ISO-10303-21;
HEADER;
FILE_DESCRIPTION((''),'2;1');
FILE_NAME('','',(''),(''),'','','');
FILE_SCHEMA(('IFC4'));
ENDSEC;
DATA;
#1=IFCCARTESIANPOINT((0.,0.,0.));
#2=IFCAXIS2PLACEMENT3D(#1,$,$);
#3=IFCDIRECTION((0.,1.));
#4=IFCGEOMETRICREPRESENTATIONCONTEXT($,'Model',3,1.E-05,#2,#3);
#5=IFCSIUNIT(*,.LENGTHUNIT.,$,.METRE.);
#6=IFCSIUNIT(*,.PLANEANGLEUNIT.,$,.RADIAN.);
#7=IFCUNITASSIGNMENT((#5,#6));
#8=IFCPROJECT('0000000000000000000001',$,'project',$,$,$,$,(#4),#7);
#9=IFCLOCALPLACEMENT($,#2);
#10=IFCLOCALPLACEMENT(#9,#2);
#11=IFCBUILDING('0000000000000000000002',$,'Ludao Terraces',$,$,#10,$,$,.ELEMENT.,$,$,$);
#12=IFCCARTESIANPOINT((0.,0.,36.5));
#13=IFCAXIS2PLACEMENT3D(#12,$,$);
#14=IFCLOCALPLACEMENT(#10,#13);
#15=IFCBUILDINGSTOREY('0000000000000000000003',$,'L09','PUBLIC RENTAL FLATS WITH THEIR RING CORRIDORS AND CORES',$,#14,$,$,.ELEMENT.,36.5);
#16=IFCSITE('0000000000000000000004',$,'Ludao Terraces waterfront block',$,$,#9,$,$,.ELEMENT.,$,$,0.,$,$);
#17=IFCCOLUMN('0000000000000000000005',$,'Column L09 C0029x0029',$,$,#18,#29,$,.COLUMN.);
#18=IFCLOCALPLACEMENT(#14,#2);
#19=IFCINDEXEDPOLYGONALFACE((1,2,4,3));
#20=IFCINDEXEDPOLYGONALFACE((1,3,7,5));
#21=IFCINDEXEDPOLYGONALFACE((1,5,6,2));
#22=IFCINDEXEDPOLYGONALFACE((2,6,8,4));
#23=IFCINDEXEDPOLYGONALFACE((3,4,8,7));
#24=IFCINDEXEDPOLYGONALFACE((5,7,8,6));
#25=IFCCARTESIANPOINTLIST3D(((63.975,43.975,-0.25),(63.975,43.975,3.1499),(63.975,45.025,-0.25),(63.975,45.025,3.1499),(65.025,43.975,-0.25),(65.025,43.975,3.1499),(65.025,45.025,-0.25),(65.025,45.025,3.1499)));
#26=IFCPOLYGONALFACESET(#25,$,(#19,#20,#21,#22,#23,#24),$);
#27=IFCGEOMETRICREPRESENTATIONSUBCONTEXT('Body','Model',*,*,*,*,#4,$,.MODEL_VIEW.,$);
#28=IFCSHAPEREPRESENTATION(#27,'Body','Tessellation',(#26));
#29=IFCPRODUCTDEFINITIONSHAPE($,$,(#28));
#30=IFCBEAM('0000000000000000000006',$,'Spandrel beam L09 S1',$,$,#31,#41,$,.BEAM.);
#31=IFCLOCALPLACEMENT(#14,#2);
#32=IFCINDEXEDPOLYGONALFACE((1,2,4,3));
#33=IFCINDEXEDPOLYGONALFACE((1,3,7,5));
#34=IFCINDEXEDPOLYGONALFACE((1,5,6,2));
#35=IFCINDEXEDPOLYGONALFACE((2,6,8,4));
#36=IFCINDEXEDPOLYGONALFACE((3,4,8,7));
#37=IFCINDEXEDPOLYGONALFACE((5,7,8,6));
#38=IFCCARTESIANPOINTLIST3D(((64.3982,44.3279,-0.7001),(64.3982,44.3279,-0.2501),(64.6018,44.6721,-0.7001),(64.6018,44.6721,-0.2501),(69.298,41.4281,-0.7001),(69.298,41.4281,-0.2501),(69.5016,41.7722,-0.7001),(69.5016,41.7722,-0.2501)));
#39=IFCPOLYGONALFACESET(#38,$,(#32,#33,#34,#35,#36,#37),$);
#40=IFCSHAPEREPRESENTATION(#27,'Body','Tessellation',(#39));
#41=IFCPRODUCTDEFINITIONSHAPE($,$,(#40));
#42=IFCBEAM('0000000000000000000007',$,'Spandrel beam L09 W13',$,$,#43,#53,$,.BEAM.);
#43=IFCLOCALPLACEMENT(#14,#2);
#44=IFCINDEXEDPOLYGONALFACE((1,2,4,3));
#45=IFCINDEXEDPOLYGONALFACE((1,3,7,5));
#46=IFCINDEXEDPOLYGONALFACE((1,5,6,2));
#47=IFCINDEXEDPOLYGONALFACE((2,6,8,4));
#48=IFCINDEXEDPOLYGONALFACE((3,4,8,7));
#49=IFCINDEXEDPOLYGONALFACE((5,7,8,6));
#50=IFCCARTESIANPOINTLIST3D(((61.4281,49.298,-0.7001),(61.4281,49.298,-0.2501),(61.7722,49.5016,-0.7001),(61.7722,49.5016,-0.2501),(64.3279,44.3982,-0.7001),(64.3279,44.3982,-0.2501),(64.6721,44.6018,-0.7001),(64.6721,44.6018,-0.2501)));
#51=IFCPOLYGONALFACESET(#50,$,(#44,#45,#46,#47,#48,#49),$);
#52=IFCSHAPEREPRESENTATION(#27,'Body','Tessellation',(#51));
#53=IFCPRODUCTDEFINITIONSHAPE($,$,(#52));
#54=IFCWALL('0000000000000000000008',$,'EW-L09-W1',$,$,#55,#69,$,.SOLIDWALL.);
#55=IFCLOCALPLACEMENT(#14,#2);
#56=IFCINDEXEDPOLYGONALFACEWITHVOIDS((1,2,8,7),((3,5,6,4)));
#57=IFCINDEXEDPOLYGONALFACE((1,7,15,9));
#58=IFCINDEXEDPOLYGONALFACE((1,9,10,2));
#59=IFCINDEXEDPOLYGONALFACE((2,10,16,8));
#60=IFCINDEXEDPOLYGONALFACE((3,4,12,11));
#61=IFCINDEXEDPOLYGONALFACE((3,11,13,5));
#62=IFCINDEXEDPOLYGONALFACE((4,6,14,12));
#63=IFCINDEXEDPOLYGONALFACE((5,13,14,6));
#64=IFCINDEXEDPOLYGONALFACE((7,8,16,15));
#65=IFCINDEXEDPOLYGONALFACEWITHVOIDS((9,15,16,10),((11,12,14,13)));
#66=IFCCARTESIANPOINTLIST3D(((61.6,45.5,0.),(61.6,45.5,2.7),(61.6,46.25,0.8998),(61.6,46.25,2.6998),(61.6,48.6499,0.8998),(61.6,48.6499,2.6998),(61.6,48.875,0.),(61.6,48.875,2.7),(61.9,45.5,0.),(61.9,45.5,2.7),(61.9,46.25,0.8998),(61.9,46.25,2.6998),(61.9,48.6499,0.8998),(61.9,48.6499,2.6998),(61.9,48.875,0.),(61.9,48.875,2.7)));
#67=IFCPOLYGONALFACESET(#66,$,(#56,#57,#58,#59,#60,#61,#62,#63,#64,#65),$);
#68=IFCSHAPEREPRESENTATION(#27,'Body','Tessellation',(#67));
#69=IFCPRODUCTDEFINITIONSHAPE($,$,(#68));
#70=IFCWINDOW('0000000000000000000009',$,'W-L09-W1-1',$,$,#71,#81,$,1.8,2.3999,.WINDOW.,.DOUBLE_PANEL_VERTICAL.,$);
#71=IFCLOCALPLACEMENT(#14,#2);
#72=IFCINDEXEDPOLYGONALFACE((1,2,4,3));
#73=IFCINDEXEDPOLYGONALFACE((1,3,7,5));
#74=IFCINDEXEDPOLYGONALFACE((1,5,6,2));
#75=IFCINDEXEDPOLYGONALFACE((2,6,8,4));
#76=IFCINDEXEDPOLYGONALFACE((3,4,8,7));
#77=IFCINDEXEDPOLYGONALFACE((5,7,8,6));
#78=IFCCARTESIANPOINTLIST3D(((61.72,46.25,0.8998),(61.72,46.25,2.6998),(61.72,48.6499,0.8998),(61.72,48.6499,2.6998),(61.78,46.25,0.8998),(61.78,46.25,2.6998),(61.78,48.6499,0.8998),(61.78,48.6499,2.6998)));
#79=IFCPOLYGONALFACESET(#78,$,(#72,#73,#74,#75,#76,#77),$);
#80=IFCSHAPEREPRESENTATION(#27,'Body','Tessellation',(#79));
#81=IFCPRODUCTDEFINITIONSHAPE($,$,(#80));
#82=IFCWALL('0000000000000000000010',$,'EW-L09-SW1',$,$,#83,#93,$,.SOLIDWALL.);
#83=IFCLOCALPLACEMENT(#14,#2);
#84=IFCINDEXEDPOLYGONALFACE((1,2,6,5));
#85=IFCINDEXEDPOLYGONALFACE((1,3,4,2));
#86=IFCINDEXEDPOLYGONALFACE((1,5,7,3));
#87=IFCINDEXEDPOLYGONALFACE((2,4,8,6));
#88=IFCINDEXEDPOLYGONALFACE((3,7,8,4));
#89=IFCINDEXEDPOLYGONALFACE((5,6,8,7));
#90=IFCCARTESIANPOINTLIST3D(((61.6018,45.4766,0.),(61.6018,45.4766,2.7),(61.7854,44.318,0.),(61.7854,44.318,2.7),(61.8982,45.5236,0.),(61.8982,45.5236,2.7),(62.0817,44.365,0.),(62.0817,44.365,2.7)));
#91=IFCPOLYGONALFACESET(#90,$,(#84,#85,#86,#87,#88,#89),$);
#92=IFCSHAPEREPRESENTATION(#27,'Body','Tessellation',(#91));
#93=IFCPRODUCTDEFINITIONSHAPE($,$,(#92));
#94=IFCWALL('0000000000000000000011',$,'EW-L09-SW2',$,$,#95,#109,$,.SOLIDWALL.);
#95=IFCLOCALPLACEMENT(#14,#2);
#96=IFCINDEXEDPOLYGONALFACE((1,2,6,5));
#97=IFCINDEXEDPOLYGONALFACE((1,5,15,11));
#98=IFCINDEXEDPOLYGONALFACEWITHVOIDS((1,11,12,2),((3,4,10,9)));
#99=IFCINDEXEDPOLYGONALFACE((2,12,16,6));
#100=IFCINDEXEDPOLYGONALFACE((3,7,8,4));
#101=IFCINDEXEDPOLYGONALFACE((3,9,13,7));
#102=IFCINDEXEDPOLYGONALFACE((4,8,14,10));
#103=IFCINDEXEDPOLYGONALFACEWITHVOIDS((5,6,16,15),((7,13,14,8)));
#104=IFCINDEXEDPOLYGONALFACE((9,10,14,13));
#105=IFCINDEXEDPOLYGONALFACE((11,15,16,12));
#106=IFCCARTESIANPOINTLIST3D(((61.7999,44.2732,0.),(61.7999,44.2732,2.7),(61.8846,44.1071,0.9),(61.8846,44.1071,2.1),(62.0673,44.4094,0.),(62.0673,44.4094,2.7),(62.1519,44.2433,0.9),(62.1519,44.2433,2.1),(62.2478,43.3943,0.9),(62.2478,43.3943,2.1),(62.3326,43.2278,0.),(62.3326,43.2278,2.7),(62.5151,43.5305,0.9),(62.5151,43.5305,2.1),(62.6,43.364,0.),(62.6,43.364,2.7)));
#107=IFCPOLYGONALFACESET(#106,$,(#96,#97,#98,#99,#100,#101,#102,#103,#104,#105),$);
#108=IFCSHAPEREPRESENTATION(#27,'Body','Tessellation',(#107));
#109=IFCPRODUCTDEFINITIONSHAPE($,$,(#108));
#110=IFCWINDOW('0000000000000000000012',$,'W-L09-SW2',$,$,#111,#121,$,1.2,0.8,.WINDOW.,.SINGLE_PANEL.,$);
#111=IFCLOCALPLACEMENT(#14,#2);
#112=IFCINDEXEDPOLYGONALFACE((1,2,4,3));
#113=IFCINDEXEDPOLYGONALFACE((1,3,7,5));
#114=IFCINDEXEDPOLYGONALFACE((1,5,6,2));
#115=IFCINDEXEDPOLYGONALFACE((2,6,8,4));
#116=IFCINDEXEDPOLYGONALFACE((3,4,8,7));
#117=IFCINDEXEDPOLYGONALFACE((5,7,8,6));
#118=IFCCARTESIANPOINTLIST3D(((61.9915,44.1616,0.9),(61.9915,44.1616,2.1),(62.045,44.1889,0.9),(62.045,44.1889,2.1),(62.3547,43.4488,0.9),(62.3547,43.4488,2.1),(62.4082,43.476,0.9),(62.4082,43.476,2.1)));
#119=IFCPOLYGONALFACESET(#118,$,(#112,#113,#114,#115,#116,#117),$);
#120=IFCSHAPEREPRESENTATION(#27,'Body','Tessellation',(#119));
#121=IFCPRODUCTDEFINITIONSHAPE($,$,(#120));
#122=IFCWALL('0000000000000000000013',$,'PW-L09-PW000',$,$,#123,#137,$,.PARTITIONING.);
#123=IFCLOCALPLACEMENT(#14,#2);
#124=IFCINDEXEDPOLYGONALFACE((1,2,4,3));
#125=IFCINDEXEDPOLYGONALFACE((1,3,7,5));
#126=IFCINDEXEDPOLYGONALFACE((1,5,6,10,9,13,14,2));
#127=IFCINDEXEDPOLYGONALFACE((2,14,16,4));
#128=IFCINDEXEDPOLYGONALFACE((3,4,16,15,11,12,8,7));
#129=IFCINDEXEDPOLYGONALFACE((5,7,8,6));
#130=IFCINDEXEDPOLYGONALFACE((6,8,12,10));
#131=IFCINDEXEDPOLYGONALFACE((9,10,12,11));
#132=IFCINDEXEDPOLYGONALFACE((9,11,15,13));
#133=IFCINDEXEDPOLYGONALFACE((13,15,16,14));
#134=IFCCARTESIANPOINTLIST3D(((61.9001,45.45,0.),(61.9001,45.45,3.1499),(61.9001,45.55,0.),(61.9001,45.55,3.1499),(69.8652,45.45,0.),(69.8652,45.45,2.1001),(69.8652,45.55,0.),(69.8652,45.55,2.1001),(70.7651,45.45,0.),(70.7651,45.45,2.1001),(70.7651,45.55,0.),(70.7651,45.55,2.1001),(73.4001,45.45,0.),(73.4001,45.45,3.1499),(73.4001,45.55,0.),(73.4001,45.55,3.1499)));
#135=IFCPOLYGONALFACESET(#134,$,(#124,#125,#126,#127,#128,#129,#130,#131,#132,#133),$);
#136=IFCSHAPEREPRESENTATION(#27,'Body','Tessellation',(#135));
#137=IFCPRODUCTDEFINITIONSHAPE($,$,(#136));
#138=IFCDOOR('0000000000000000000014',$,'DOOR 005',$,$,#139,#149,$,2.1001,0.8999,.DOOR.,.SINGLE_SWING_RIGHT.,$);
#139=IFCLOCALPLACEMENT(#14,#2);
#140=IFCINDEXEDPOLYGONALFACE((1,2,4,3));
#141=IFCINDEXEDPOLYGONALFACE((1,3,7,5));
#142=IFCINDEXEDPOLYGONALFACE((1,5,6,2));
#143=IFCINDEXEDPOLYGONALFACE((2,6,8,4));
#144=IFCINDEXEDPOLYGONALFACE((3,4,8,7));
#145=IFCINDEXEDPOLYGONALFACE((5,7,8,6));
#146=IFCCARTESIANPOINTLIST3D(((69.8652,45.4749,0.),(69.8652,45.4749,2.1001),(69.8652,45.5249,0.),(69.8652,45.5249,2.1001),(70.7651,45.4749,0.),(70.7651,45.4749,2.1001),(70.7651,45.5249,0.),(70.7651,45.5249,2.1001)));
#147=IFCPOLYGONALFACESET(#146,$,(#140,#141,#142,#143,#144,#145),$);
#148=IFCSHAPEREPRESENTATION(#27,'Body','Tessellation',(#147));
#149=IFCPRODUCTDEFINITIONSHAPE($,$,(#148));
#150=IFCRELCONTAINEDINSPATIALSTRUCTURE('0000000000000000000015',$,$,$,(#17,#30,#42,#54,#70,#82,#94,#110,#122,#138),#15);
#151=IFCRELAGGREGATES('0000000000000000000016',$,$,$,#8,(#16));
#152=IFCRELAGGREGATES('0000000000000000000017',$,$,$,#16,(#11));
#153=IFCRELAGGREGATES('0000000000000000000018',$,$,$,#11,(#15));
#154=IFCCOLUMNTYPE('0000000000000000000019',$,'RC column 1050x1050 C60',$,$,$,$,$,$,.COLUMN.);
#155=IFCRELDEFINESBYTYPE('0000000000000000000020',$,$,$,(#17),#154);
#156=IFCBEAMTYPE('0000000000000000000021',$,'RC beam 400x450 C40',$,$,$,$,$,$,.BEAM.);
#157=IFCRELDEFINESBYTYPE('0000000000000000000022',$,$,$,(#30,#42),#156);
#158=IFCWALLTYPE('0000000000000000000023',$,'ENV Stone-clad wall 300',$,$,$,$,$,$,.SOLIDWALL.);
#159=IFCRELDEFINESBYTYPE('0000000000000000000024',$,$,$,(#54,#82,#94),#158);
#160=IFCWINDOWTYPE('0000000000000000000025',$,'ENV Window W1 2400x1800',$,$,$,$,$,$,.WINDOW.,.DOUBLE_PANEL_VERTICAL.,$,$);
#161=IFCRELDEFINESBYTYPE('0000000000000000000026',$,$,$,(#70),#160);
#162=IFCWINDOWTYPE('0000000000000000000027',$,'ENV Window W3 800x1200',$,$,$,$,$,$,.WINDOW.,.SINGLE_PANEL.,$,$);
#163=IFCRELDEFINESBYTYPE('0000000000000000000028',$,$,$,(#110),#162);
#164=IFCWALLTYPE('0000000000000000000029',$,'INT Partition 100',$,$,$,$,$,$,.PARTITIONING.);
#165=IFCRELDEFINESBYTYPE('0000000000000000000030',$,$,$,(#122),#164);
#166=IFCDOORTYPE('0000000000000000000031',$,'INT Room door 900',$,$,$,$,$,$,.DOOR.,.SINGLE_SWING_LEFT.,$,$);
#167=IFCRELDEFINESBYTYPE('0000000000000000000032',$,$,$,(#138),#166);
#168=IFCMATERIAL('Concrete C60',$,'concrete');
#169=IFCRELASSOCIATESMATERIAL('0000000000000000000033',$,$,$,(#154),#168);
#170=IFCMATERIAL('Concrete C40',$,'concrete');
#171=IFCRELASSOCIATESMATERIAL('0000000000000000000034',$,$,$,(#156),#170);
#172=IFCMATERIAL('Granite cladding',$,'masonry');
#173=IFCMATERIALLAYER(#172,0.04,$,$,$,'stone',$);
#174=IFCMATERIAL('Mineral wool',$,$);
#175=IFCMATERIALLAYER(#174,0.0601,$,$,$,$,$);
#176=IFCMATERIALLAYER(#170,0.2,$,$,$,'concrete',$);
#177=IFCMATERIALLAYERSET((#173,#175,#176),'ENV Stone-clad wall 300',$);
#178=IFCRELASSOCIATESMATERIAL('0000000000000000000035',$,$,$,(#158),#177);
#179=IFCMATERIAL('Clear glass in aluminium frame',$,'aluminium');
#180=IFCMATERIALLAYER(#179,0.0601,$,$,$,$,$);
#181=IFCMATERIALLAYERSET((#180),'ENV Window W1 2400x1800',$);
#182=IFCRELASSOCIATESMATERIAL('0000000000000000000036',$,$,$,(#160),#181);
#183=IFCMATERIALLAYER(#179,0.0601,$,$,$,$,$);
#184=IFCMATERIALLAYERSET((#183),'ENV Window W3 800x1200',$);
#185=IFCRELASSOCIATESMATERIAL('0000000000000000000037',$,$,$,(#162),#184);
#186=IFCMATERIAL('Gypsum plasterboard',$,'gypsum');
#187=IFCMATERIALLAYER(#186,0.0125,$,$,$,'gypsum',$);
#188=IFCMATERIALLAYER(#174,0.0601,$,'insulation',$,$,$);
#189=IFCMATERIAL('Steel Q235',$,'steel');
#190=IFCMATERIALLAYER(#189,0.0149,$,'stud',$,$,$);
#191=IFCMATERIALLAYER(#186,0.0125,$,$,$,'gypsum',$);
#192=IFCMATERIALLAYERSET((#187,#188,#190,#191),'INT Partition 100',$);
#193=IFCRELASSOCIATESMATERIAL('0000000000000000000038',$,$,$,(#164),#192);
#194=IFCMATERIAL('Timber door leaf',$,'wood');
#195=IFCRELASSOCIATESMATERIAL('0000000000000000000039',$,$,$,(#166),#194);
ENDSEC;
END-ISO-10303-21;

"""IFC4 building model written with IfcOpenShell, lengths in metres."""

from ifc_helpers import new_model, si_unit, direction, frame, frame_2d, origin, origin_2d, place, context, subcontext, project, spatial, rectangle, extrude, material, layer, layer_set, material_profile, profile_set, type_object, element, fill, save


model = new_model("IFC4")

# Units and contexts
model_context = context("Model", 3, precision=1e-05, world=origin(), true_north=direction((0.0, 1.0)))
body_context = subcontext(model_context, "Body", "Model", "MODEL_VIEW")
ifc_project = project(units=[si_unit("LENGTHUNIT", "METRE"), si_unit("PLANEANGLEUNIT", "RADIAN")], contexts=[model_context])

# Site, building, storey
site_placement = place(None, origin())
site = spatial("IfcSite", under=ifc_project, at=site_placement, Name="Ludao Terraces waterfront block", CompositionType="ELEMENT", RefElevation=0.0)
building_placement = place(site_placement, origin())
building = spatial("IfcBuilding", under=site, at=building_placement, Name="Ludao Terraces", CompositionType="ELEMENT")
storey_placement = place(building_placement, frame((0.0, 0.0, 36.5)))
storey = spatial("IfcBuildingStorey", under=building, at=storey_placement, Name="L09", Description="PUBLIC RENTAL FLATS WITH THEIR RING CORRIDORS AND CORES", CompositionType="ELEMENT", Elevation=36.5)

# Column
ifc_material_1 = material(Name="Concrete C60", Category="concrete")
ifc_material_profile_1 = material_profile(ifc_material_1, rectangle(XDim=1.05, YDim=1.05, at=origin_2d()), Name="1050 X 1050")
ifc_profile_set_1 = profile_set([ifc_material_profile_1], Name="Concrete C60")
column_type = type_object("IfcColumnType", Name="RC column 1050x1050 C60", PredefinedType="COLUMN", material=ifc_profile_set_1)
column_placement = place(storey_placement, frame((64.5, 44.5, -0.25), z_axis=(0.0, 0.0, 1.0), x_axis=(1.0, 0.0, 0.0)))
element("IfcColumn", 1, at=column_placement, inside=storey, type_object=column_type, Name="Column L09 C0029x0029", PredefinedType="COLUMN", context=body_context, shape_type="SweptSolid", body=[
    extrude(rectangle(XDim=1.05, YDim=1.05, at=origin_2d()), origin(), (0.0, 0.0, 1.0), 3.3999),
])

# Beams
ifc_material_2 = material(Name="Concrete C40", Category="concrete")
ifc_material_profile_2 = material_profile(ifc_material_2, rectangle(XDim=0.3999, YDim=0.45, at=origin_2d()), Name="400 X 450")
ifc_profile_set_2 = profile_set([ifc_material_profile_2], Name="Concrete C40")
beam_type = type_object("IfcBeamType", Name="RC beam 400x450 C40", PredefinedType="BEAM", material=ifc_profile_set_2)
for number, where, z_axis, x_axis, name in (
    (2, (64.5, 44.5, -0.4751), (0.86058, -0.509316, 0.0), (0.509316, 0.86058, 0.0), "Spandrel beam L09 S1"),
    (3, (64.5, 44.5, -0.4751), (-0.509316, 0.86058, 0.0), (-0.86058, -0.509316, 0.0), "Spandrel beam L09 W13"),
):
    element("IfcBeam", number, at=place(storey_placement, frame(where, z_axis=z_axis, x_axis=x_axis)), inside=storey, type_object=beam_type, Name=name, PredefinedType="BEAM", context=body_context, shape_type="SweptSolid", body=[
        extrude(rectangle(XDim=0.3999, YDim=0.45, at=origin_2d()), origin(), (0.0, 0.0, 1.0), 5.6936),
    ])

# Wall, opening, window
ifc_material_3 = material(Name="Granite cladding", Category="masonry")
ifc_layer_1 = layer(ifc_material_3, 0.04, Category="stone")
ifc_material_4 = material(Name="Mineral wool")
ifc_layer_2 = layer(ifc_material_4, 0.0601)
ifc_layer_3 = layer(ifc_material_2, 0.2, Category="concrete")
ifc_layer_set_1 = layer_set([ifc_layer_1, ifc_layer_2, ifc_layer_3], Name="ENV Stone-clad wall 300")
wall_type_1 = type_object("IfcWallType", Name="ENV Stone-clad wall 300", PredefinedType="SOLIDWALL", material=ifc_layer_set_1)
wall_1_placement = place(storey_placement, frame((61.75, 45.5, 0.0), z_axis=(0.0, 0.0, 1.0), x_axis=(0.0, 1.0, 0.0)))
wall_1 = element("IfcWall", 4, at=wall_1_placement, inside=storey, type_object=wall_type_1, Name="EW-L09-W1", PredefinedType="SOLIDWALL", context=body_context, shape_type="SweptSolid", body=[
    extrude(rectangle(XDim=3.375, YDim=0.3, at=frame_2d((1.6875, 0.0))), origin(), (0.0, 0.0, 1.0), 2.7),
])
opening_1_placement = place(wall_1_placement, frame((0.75, 0.0, 0.8999)))
opening_1 = element("IfcOpeningElement", 5, at=opening_1_placement, cuts=wall_1, PredefinedType="OPENING", context=body_context, shape_type="SweptSolid", body=[
    extrude(rectangle(XDim=2.3999, YDim=1.8, at=frame_2d((1.2, 0.8999))), frame((0.0, 0.1602, 0.0), z_axis=(0.0, -1.0, 0.0), x_axis=(1.0, 0.0, 0.0)), (0.0, 0.0, 1.0), 0.3201),
])
ifc_material_5 = material(Name="Clear glass in aluminium frame", Category="aluminium")
ifc_layer_4 = layer(ifc_material_5, 0.0601)
ifc_layer_set_2 = layer_set([ifc_layer_4], Name="ENV Window W1 2400x1800")
window_type_1 = type_object("IfcWindowType", Name="ENV Window W1 2400x1800", PartitioningType="DOUBLE_PANEL_VERTICAL", PredefinedType="WINDOW", material=ifc_layer_set_2)
window_1_placement = place(opening_1_placement, origin())
window_1 = element("IfcWindow", 6, at=window_1_placement, inside=storey, type_object=window_type_1, Name="W-L09-W1-1", OverallHeight=1.8, OverallWidth=2.3999, PartitioningType="DOUBLE_PANEL_VERTICAL", PredefinedType="WINDOW", context=body_context, shape_type="SweptSolid", body=[
    extrude(rectangle(XDim=2.3999, YDim=1.8, at=frame_2d((1.2, 0.8999))), frame((0.0, 0.03, 0.0), z_axis=(0.0, -1.0, 0.0), x_axis=(1.0, 0.0, 0.0)), (0.0, 0.0, 1.0), 0.0601),
])
fill(opening_1, window_1)

# Wall
wall_2_placement = place(storey_placement, frame((61.75, 45.5, 0.0), z_axis=(0.0, 0.0, 1.0), x_axis=(0.156497, -0.987678, 0.0)))
element("IfcWall", 7, at=wall_2_placement, inside=storey, type_object=wall_type_1, Name="EW-L09-SW1", PredefinedType="SOLIDWALL", context=body_context, shape_type="SweptSolid", body=[
    extrude(rectangle(XDim=1.1731, YDim=0.3, at=frame_2d((0.5864, 0.0))), origin(), (0.0, 0.0, 1.0), 2.7),
])

# Wall, opening, window
wall_3_placement = place(storey_placement, frame((61.9336, 44.3413, 0.0), z_axis=(0.0, 0.0, 1.0), x_axis=(0.454026, -0.890989, 0.0)))
wall_3 = element("IfcWall", 8, at=wall_3_placement, inside=storey, type_object=wall_type_1, Name="EW-L09-SW2", PredefinedType="SOLIDWALL", context=body_context, shape_type="SweptSolid", body=[
    extrude(rectangle(XDim=1.1733, YDim=0.3, at=frame_2d((0.5867, 0.0))), origin(), (0.0, 0.0, 1.0), 2.7),
])
opening_2_placement = place(wall_3_placement, frame((0.1865, 0.0, 0.8999)))
opening_2 = element("IfcOpeningElement", 9, at=opening_2_placement, cuts=wall_3, PredefinedType="OPENING", context=body_context, shape_type="SweptSolid", body=[
    extrude(rectangle(XDim=0.8, YDim=1.2, at=frame_2d((0.3999, 0.6001))), frame((0.0, 0.1602, 0.0), z_axis=(0.0, -1.0, 0.0), x_axis=(1.0, 0.0, 0.0)), (0.0, 0.0, 1.0), 0.3201),
])
ifc_layer_5 = layer(ifc_material_5, 0.0601)
ifc_layer_set_3 = layer_set([ifc_layer_5], Name="ENV Window W3 800x1200")
window_type_2 = type_object("IfcWindowType", Name="ENV Window W3 800x1200", PartitioningType="SINGLE_PANEL", PredefinedType="WINDOW", material=ifc_layer_set_3)
window_2_placement = place(opening_2_placement, origin())
window_2 = element("IfcWindow", 10, at=window_2_placement, inside=storey, type_object=window_type_2, Name="W-L09-SW2", OverallHeight=1.2, OverallWidth=0.8, PartitioningType="SINGLE_PANEL", PredefinedType="WINDOW", context=body_context, shape_type="SweptSolid", body=[
    extrude(rectangle(XDim=0.8, YDim=1.2, at=frame_2d((0.3999, 0.6001))), frame((0.0, 0.03, 0.0), z_axis=(0.0, -1.0, 0.0), x_axis=(1.0, 0.0, 0.0)), (0.0, 0.0, 1.0), 0.0601),
])
fill(opening_2, window_2)

# Wall, opening, door
ifc_material_6 = material(Name="Gypsum plasterboard", Category="gypsum")
ifc_layer_6 = layer(ifc_material_6, 0.0125, Category="gypsum")
ifc_layer_7 = layer(ifc_material_4, 0.0601, Name="insulation")
ifc_material_7 = material(Name="Steel Q235", Category="steel")
ifc_layer_8 = layer(ifc_material_7, 0.0149, Name="stud")
ifc_layer_9 = layer(ifc_material_6, 0.0125, Category="gypsum")
ifc_layer_set_4 = layer_set([ifc_layer_6, ifc_layer_7, ifc_layer_8, ifc_layer_9], Name="INT Partition 100")
wall_type_2 = type_object("IfcWallType", Name="INT Partition 100", PredefinedType="PARTITIONING", material=ifc_layer_set_4)
wall_4_placement = place(storey_placement, frame((61.9001, 45.5, 0.0), z_axis=(0.0, 0.0, 1.0), x_axis=(1.0, 0.0, 0.0)))
wall_4 = element("IfcWall", 11, at=wall_4_placement, inside=storey, type_object=wall_type_2, Name="PW-L09-PW000", PredefinedType="PARTITIONING", context=body_context, shape_type="SweptSolid", body=[
    extrude(rectangle(XDim=11.5, YDim=0.1001, at=frame_2d((5.75, 0.0))), origin(), (0.0, 0.0, 1.0), 3.1499),
])
opening_3_placement = place(wall_4_placement, frame((7.9651, 0.0, 0.0)))
opening_3 = element("IfcOpeningElement", 12, at=opening_3_placement, cuts=wall_4, PredefinedType="OPENING", context=body_context, shape_type="SweptSolid", body=[
    extrude(rectangle(XDim=0.8999, YDim=2.1001, at=frame_2d((0.45, 1.05))), frame((0.0, 0.0601, 0.0), z_axis=(0.0, -1.0, 0.0), x_axis=(1.0, 0.0, 0.0)), (0.0, 0.0, 1.0), 0.1201),
])
ifc_material_8 = material(Name="Timber door leaf", Category="wood")
door_type = type_object("IfcDoorType", Name="INT Room door 900", OperationType="SINGLE_SWING_LEFT", PredefinedType="DOOR", material=ifc_material_8)
door_placement = place(opening_3_placement, origin())
door = element("IfcDoor", 13, at=door_placement, inside=storey, type_object=door_type, Name="DOOR 005", OperationType="SINGLE_SWING_RIGHT", OverallHeight=2.1001, OverallWidth=0.8999, PredefinedType="DOOR", context=body_context, shape_type="SweptSolid", body=[
    extrude(rectangle(XDim=0.8999, YDim=2.1001, at=frame_2d((0.45, 1.05))), frame((0.0, 0.0249, 0.0), z_axis=(0.0, -1.0, 0.0), x_axis=(1.0, 0.0, 0.0)), (0.0, 0.0, 1.0), 0.05),
])
fill(opening_3, door)

save(model, "model.ifc")
